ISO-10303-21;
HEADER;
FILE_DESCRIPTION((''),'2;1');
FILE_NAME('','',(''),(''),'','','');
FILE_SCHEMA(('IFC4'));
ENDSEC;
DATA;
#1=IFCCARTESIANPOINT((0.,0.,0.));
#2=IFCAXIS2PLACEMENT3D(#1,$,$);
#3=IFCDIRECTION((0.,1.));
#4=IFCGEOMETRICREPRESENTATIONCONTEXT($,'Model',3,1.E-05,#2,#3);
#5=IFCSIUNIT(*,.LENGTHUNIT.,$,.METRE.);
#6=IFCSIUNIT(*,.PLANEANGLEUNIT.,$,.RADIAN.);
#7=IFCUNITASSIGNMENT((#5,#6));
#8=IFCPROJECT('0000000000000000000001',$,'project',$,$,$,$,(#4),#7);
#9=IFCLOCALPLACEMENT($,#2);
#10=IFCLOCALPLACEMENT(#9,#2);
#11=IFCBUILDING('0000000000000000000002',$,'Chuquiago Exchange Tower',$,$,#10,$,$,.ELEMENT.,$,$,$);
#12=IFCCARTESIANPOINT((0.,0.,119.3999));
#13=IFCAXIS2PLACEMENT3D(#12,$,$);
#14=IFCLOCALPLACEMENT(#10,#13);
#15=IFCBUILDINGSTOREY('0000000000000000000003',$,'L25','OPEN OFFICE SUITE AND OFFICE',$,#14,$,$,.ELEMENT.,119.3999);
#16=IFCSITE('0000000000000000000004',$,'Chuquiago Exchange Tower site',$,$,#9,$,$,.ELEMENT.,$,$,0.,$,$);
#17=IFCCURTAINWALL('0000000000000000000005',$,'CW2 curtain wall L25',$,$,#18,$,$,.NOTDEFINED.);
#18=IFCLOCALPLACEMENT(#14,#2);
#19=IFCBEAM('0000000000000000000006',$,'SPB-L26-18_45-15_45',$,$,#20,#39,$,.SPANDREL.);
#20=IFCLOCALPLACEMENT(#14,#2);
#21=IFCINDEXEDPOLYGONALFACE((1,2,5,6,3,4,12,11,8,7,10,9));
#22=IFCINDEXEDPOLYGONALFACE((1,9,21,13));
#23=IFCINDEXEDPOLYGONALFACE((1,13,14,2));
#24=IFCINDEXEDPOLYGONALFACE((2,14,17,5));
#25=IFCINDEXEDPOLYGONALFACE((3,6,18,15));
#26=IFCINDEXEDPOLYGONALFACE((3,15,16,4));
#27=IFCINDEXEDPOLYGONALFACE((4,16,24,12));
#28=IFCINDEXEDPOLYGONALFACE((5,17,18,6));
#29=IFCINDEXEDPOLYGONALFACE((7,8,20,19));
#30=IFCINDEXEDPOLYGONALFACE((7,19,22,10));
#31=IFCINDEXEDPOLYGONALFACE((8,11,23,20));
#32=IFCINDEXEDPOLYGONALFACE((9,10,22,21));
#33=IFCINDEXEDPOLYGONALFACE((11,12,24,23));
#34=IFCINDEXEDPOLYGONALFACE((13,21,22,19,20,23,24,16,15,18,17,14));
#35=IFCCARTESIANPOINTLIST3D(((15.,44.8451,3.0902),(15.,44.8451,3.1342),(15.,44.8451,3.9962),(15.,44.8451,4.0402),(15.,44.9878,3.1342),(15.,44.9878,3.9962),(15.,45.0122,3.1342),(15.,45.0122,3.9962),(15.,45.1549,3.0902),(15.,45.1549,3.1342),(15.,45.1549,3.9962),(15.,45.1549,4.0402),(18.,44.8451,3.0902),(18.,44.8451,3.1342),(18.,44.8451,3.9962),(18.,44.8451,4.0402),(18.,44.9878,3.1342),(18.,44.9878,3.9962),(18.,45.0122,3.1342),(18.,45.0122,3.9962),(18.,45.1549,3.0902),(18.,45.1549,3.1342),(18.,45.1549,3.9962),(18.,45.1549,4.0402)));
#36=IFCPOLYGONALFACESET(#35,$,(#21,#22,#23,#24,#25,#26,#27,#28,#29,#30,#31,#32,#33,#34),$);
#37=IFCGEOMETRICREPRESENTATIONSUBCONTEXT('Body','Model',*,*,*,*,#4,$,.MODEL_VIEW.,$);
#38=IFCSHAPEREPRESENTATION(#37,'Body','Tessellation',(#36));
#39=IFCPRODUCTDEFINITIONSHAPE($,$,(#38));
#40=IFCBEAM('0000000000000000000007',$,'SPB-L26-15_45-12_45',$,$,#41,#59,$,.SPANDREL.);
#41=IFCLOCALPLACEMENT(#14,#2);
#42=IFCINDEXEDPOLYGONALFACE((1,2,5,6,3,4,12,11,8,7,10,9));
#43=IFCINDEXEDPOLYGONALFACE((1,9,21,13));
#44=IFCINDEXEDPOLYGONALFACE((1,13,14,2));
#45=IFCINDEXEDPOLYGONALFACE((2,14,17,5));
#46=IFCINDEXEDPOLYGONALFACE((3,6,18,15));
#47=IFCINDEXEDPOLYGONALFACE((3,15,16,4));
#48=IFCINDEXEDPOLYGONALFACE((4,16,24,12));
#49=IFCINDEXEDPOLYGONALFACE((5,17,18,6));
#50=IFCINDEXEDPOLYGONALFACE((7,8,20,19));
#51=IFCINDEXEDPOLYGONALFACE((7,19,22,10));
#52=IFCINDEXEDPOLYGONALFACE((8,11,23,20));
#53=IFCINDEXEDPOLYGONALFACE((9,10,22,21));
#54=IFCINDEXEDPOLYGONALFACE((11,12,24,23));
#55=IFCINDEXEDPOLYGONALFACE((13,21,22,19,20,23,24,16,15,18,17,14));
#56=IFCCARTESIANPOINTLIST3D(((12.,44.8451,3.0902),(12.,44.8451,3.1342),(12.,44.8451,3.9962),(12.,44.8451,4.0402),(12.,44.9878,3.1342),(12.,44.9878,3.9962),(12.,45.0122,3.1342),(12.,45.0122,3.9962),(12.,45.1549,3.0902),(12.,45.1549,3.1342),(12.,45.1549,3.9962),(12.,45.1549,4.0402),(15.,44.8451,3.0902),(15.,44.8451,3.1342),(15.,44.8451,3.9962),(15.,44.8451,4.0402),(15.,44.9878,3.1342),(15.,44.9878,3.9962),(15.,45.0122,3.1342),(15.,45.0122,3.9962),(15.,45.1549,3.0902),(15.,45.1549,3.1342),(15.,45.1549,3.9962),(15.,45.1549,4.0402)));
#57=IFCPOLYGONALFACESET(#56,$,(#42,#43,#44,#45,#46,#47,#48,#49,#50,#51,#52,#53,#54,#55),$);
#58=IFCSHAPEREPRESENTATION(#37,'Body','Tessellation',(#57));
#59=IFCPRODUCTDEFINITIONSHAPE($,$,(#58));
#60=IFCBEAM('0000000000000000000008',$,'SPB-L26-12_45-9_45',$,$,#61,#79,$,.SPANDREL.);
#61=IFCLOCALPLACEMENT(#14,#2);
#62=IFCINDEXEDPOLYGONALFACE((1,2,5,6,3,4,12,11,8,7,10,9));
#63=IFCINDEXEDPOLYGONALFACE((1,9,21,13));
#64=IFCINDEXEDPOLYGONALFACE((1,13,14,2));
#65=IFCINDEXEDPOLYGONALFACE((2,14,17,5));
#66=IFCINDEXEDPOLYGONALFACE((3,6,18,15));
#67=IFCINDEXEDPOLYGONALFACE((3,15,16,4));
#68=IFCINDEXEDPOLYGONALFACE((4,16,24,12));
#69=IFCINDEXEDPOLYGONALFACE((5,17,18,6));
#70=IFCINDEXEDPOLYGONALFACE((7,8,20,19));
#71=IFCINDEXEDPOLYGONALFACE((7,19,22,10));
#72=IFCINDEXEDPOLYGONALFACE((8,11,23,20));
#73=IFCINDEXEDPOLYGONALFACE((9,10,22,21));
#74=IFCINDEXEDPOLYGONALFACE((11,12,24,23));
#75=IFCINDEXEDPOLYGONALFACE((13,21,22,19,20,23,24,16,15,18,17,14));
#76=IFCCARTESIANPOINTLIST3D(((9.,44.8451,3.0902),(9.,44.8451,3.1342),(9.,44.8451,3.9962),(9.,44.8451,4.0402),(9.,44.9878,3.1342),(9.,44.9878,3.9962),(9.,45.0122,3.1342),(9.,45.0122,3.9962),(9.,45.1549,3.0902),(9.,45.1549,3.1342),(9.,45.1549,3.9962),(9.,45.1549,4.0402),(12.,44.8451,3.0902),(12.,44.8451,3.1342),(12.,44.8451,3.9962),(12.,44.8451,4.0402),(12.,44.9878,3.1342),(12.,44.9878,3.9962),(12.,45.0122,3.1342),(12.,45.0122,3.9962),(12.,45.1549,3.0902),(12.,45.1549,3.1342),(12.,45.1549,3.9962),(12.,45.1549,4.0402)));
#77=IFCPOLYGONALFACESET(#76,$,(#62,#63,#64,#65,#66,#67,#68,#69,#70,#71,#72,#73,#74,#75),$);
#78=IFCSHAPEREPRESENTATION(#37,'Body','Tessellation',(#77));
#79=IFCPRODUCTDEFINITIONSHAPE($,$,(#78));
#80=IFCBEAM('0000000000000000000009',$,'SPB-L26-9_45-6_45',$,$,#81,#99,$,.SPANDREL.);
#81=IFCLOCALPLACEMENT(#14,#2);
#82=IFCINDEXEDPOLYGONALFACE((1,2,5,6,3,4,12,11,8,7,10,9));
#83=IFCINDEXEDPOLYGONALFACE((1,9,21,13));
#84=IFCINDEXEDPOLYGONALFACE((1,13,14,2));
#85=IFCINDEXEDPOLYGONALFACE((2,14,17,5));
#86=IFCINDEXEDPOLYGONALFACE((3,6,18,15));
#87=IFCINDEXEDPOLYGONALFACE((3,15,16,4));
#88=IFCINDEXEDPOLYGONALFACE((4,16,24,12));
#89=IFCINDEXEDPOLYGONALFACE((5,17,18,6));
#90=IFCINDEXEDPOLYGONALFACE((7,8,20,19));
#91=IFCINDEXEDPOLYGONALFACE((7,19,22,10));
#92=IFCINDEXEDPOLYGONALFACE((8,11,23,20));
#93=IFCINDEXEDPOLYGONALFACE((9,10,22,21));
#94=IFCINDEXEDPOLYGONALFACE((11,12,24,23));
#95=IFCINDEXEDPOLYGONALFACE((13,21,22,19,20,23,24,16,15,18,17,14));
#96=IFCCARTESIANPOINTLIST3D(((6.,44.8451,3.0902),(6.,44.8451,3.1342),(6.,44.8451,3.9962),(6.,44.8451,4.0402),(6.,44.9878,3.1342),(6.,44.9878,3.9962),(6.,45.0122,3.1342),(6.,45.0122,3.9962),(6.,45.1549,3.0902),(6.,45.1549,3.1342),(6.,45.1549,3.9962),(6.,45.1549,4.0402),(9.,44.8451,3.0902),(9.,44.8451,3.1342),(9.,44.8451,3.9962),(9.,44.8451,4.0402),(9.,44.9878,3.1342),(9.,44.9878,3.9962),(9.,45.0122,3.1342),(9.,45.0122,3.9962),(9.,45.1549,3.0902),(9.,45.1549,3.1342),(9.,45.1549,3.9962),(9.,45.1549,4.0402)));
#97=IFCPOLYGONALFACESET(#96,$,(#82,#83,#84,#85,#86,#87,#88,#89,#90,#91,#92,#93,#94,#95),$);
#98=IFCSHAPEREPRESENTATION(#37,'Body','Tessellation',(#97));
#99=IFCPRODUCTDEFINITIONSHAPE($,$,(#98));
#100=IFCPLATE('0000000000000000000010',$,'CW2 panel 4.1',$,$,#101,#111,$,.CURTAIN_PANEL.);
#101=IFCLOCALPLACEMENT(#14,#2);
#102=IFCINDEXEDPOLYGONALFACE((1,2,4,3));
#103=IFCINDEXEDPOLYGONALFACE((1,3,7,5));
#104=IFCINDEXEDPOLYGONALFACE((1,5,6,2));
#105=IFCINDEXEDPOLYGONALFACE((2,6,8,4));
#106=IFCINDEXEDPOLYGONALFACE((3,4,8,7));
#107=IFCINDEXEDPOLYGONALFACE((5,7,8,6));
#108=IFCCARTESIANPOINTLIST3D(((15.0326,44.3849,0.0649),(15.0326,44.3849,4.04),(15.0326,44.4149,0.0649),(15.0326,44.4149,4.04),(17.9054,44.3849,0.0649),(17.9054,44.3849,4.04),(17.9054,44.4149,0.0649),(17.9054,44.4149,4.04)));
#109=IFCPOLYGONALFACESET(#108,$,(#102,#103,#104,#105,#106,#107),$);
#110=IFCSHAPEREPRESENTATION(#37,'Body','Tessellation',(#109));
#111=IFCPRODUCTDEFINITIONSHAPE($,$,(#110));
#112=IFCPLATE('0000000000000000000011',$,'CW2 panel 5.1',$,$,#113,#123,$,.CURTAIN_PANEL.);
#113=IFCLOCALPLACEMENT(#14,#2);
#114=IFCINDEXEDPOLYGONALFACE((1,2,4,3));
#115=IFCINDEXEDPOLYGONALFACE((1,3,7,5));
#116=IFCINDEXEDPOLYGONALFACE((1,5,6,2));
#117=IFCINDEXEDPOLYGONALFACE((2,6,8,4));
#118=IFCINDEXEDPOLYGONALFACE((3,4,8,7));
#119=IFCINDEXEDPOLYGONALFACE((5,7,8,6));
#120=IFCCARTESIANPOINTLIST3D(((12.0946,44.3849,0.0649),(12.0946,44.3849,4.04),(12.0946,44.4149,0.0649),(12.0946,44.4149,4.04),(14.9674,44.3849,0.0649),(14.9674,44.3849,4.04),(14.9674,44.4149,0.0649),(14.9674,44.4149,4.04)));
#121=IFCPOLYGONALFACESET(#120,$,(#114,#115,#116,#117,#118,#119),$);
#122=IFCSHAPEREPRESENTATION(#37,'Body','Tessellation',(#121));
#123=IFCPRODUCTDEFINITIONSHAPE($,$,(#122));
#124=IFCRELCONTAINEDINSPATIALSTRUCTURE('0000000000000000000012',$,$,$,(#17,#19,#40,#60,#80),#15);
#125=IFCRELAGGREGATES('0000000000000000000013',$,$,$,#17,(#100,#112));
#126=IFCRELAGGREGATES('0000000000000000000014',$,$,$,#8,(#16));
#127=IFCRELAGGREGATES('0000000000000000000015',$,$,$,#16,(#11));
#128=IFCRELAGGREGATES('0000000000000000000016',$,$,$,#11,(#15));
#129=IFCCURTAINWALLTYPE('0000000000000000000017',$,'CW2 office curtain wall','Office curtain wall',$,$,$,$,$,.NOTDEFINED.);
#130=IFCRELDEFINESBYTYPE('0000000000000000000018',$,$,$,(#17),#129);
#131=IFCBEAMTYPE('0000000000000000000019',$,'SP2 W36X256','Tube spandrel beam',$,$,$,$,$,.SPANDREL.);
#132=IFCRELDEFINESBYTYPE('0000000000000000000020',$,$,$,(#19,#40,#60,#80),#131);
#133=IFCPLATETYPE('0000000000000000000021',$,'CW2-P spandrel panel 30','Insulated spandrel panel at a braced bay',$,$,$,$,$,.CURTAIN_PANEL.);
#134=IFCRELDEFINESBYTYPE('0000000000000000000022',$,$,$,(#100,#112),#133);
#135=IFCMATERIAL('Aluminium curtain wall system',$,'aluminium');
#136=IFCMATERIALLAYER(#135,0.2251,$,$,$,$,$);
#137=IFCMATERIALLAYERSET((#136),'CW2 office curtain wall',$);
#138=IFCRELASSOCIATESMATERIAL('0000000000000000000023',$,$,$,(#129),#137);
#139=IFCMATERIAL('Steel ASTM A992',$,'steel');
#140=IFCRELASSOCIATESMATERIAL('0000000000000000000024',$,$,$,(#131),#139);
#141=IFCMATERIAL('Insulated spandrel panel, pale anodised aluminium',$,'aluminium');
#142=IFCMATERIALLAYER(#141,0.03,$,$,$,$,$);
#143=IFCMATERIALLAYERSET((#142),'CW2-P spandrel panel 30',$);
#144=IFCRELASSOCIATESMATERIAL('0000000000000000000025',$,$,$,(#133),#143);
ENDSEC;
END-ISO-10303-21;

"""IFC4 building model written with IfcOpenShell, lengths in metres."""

from ifc_helpers import new_model, si_unit, direction, frame, origin, origin_2d, place, context, subcontext, project, spatial, rectangle, i_section, extrude, material, layer, layer_set, material_profile, profile_set, type_object, element, aggregate, save


model = new_model("IFC4")

# Units and contexts
model_context = context("Model", 3, precision=1e-05, world=origin(), true_north=direction((0.0, 1.0)))
body_context = subcontext(model_context, "Body", "Model", "MODEL_VIEW")
ifc_project = project(units=[si_unit("LENGTHUNIT", "METRE"), si_unit("PLANEANGLEUNIT", "RADIAN")], contexts=[model_context])

# Site, building, storey
site_placement = place(None, origin())
site = spatial("IfcSite", under=ifc_project, at=site_placement, Name="Chuquiago Exchange Tower site", CompositionType="ELEMENT", RefElevation=0.0)
building_placement = place(site_placement, origin())
building = spatial("IfcBuilding", under=site, at=building_placement, Name="Chuquiago Exchange Tower", CompositionType="ELEMENT")
storey_placement = place(building_placement, frame((0.0, 0.0, 119.3999)))
storey = spatial("IfcBuildingStorey", under=building, at=storey_placement, Name="L25", Description="OPEN OFFICE SUITE AND OFFICE", CompositionType="ELEMENT", Elevation=119.3999)

# Curtain wall
ifc_material_1 = material(Name="Aluminium curtain wall system", Category="aluminium")
ifc_layer_1 = layer(ifc_material_1, 0.2251)
ifc_layer_set_1 = layer_set([ifc_layer_1], Name="CW2 office curtain wall")
curtain_wall_type = type_object("IfcCurtainWallType", Name="CW2 office curtain wall", Description="Office curtain wall", PredefinedType="NOTDEFINED", material=ifc_layer_set_1)
curtain_wall_placement = place(storey_placement, origin())
curtain_wall = element("IfcCurtainWall", 1, at=curtain_wall_placement, inside=storey, type_object=curtain_wall_type, Name="CW2 curtain wall L25", PredefinedType="NOTDEFINED")

# Beams
ifc_material_2 = material(Name="Steel ASTM A992", Category="steel")
ifc_material_profile_1 = material_profile(ifc_material_2, i_section(OverallWidth=0.3098, OverallDepth=0.95, WebThickness=0.0244, FlangeThickness=0.0439, at=origin_2d()), Name="W36X256")
ifc_profile_set_1 = profile_set([ifc_material_profile_1], Name="Steel ASTM A992")
beam_type = type_object("IfcBeamType", Name="SP2 W36X256", Description="Tube spandrel beam", PredefinedType="SPANDREL", material=ifc_profile_set_1)
for number, where, z_axis, x_axis, name in (
    (2, (18.0, 45.0, 3.5652), (-1.0, 0.0, 0.0), (0.0, -1.0, 0.0), "SPB-L26-18_45-15_45"),
    (3, (15.0, 45.0, 3.5652), (-1.0, 0.0, 0.0), (0.0, -1.0, 0.0), "SPB-L26-15_45-12_45"),
    (4, (12.0, 45.0, 3.5652), (-1.0, 0.0, 0.0), (0.0, -1.0, 0.0), "SPB-L26-12_45-9_45"),
    (5, (9.0, 45.0, 3.5652), (-1.0, 0.0, 0.0), (0.0, -1.0, 0.0), "SPB-L26-9_45-6_45"),
):
    element("IfcBeam", number, at=place(storey_placement, frame(where, z_axis=z_axis, x_axis=x_axis)), inside=storey, type_object=beam_type, Name=name, PredefinedType="SPANDREL", context=body_context, shape_type="SweptSolid", body=[
        extrude(i_section(OverallWidth=0.3098, OverallDepth=0.95, WebThickness=0.0244, FlangeThickness=0.0439, at=origin_2d()), origin(), (0.0, 0.0, 1.0), 3.0),
    ])

# Plates
ifc_material_3 = material(Name="Insulated spandrel panel, pale anodised aluminium", Category="aluminium")
ifc_layer_2 = layer(ifc_material_3, 0.03)
ifc_layer_set_2 = layer_set([ifc_layer_2], Name="CW2-P spandrel panel 30")
plate_type = type_object("IfcPlateType", Name="CW2-P spandrel panel 30", Description="Insulated spandrel panel at a braced bay", PredefinedType="CURTAIN_PANEL", material=ifc_layer_set_2)
plate_1_placement = place(storey_placement, frame((16.469, 44.3999, 0.0649), z_axis=(0.0, 0.0, 1.0), x_axis=(-1.0, 0.0, 0.0)))
plate_1 = element("IfcPlate", 6, at=plate_1_placement, type_object=plate_type, Name="CW2 panel 4.1", PredefinedType="CURTAIN_PANEL", context=body_context, shape_type="SweptSolid", body=[
    extrude(rectangle(XDim=2.8728, YDim=0.03, at=origin_2d()), origin(), (0.0, 0.0, 1.0), 3.9751),
])
plate_2_placement = place(storey_placement, frame((13.531, 44.3999, 0.0649), z_axis=(0.0, 0.0, 1.0), x_axis=(-1.0, 0.0, 0.0)))
plate_2 = element("IfcPlate", 7, at=plate_2_placement, type_object=plate_type, Name="CW2 panel 5.1", PredefinedType="CURTAIN_PANEL", context=body_context, shape_type="SweptSolid", body=[
    extrude(rectangle(XDim=2.8728, YDim=0.03, at=origin_2d()), origin(), (0.0, 0.0, 1.0), 3.9751),
])
aggregate(curtain_wall, [plate_1, plate_2])

save(model, "model.ifc")
